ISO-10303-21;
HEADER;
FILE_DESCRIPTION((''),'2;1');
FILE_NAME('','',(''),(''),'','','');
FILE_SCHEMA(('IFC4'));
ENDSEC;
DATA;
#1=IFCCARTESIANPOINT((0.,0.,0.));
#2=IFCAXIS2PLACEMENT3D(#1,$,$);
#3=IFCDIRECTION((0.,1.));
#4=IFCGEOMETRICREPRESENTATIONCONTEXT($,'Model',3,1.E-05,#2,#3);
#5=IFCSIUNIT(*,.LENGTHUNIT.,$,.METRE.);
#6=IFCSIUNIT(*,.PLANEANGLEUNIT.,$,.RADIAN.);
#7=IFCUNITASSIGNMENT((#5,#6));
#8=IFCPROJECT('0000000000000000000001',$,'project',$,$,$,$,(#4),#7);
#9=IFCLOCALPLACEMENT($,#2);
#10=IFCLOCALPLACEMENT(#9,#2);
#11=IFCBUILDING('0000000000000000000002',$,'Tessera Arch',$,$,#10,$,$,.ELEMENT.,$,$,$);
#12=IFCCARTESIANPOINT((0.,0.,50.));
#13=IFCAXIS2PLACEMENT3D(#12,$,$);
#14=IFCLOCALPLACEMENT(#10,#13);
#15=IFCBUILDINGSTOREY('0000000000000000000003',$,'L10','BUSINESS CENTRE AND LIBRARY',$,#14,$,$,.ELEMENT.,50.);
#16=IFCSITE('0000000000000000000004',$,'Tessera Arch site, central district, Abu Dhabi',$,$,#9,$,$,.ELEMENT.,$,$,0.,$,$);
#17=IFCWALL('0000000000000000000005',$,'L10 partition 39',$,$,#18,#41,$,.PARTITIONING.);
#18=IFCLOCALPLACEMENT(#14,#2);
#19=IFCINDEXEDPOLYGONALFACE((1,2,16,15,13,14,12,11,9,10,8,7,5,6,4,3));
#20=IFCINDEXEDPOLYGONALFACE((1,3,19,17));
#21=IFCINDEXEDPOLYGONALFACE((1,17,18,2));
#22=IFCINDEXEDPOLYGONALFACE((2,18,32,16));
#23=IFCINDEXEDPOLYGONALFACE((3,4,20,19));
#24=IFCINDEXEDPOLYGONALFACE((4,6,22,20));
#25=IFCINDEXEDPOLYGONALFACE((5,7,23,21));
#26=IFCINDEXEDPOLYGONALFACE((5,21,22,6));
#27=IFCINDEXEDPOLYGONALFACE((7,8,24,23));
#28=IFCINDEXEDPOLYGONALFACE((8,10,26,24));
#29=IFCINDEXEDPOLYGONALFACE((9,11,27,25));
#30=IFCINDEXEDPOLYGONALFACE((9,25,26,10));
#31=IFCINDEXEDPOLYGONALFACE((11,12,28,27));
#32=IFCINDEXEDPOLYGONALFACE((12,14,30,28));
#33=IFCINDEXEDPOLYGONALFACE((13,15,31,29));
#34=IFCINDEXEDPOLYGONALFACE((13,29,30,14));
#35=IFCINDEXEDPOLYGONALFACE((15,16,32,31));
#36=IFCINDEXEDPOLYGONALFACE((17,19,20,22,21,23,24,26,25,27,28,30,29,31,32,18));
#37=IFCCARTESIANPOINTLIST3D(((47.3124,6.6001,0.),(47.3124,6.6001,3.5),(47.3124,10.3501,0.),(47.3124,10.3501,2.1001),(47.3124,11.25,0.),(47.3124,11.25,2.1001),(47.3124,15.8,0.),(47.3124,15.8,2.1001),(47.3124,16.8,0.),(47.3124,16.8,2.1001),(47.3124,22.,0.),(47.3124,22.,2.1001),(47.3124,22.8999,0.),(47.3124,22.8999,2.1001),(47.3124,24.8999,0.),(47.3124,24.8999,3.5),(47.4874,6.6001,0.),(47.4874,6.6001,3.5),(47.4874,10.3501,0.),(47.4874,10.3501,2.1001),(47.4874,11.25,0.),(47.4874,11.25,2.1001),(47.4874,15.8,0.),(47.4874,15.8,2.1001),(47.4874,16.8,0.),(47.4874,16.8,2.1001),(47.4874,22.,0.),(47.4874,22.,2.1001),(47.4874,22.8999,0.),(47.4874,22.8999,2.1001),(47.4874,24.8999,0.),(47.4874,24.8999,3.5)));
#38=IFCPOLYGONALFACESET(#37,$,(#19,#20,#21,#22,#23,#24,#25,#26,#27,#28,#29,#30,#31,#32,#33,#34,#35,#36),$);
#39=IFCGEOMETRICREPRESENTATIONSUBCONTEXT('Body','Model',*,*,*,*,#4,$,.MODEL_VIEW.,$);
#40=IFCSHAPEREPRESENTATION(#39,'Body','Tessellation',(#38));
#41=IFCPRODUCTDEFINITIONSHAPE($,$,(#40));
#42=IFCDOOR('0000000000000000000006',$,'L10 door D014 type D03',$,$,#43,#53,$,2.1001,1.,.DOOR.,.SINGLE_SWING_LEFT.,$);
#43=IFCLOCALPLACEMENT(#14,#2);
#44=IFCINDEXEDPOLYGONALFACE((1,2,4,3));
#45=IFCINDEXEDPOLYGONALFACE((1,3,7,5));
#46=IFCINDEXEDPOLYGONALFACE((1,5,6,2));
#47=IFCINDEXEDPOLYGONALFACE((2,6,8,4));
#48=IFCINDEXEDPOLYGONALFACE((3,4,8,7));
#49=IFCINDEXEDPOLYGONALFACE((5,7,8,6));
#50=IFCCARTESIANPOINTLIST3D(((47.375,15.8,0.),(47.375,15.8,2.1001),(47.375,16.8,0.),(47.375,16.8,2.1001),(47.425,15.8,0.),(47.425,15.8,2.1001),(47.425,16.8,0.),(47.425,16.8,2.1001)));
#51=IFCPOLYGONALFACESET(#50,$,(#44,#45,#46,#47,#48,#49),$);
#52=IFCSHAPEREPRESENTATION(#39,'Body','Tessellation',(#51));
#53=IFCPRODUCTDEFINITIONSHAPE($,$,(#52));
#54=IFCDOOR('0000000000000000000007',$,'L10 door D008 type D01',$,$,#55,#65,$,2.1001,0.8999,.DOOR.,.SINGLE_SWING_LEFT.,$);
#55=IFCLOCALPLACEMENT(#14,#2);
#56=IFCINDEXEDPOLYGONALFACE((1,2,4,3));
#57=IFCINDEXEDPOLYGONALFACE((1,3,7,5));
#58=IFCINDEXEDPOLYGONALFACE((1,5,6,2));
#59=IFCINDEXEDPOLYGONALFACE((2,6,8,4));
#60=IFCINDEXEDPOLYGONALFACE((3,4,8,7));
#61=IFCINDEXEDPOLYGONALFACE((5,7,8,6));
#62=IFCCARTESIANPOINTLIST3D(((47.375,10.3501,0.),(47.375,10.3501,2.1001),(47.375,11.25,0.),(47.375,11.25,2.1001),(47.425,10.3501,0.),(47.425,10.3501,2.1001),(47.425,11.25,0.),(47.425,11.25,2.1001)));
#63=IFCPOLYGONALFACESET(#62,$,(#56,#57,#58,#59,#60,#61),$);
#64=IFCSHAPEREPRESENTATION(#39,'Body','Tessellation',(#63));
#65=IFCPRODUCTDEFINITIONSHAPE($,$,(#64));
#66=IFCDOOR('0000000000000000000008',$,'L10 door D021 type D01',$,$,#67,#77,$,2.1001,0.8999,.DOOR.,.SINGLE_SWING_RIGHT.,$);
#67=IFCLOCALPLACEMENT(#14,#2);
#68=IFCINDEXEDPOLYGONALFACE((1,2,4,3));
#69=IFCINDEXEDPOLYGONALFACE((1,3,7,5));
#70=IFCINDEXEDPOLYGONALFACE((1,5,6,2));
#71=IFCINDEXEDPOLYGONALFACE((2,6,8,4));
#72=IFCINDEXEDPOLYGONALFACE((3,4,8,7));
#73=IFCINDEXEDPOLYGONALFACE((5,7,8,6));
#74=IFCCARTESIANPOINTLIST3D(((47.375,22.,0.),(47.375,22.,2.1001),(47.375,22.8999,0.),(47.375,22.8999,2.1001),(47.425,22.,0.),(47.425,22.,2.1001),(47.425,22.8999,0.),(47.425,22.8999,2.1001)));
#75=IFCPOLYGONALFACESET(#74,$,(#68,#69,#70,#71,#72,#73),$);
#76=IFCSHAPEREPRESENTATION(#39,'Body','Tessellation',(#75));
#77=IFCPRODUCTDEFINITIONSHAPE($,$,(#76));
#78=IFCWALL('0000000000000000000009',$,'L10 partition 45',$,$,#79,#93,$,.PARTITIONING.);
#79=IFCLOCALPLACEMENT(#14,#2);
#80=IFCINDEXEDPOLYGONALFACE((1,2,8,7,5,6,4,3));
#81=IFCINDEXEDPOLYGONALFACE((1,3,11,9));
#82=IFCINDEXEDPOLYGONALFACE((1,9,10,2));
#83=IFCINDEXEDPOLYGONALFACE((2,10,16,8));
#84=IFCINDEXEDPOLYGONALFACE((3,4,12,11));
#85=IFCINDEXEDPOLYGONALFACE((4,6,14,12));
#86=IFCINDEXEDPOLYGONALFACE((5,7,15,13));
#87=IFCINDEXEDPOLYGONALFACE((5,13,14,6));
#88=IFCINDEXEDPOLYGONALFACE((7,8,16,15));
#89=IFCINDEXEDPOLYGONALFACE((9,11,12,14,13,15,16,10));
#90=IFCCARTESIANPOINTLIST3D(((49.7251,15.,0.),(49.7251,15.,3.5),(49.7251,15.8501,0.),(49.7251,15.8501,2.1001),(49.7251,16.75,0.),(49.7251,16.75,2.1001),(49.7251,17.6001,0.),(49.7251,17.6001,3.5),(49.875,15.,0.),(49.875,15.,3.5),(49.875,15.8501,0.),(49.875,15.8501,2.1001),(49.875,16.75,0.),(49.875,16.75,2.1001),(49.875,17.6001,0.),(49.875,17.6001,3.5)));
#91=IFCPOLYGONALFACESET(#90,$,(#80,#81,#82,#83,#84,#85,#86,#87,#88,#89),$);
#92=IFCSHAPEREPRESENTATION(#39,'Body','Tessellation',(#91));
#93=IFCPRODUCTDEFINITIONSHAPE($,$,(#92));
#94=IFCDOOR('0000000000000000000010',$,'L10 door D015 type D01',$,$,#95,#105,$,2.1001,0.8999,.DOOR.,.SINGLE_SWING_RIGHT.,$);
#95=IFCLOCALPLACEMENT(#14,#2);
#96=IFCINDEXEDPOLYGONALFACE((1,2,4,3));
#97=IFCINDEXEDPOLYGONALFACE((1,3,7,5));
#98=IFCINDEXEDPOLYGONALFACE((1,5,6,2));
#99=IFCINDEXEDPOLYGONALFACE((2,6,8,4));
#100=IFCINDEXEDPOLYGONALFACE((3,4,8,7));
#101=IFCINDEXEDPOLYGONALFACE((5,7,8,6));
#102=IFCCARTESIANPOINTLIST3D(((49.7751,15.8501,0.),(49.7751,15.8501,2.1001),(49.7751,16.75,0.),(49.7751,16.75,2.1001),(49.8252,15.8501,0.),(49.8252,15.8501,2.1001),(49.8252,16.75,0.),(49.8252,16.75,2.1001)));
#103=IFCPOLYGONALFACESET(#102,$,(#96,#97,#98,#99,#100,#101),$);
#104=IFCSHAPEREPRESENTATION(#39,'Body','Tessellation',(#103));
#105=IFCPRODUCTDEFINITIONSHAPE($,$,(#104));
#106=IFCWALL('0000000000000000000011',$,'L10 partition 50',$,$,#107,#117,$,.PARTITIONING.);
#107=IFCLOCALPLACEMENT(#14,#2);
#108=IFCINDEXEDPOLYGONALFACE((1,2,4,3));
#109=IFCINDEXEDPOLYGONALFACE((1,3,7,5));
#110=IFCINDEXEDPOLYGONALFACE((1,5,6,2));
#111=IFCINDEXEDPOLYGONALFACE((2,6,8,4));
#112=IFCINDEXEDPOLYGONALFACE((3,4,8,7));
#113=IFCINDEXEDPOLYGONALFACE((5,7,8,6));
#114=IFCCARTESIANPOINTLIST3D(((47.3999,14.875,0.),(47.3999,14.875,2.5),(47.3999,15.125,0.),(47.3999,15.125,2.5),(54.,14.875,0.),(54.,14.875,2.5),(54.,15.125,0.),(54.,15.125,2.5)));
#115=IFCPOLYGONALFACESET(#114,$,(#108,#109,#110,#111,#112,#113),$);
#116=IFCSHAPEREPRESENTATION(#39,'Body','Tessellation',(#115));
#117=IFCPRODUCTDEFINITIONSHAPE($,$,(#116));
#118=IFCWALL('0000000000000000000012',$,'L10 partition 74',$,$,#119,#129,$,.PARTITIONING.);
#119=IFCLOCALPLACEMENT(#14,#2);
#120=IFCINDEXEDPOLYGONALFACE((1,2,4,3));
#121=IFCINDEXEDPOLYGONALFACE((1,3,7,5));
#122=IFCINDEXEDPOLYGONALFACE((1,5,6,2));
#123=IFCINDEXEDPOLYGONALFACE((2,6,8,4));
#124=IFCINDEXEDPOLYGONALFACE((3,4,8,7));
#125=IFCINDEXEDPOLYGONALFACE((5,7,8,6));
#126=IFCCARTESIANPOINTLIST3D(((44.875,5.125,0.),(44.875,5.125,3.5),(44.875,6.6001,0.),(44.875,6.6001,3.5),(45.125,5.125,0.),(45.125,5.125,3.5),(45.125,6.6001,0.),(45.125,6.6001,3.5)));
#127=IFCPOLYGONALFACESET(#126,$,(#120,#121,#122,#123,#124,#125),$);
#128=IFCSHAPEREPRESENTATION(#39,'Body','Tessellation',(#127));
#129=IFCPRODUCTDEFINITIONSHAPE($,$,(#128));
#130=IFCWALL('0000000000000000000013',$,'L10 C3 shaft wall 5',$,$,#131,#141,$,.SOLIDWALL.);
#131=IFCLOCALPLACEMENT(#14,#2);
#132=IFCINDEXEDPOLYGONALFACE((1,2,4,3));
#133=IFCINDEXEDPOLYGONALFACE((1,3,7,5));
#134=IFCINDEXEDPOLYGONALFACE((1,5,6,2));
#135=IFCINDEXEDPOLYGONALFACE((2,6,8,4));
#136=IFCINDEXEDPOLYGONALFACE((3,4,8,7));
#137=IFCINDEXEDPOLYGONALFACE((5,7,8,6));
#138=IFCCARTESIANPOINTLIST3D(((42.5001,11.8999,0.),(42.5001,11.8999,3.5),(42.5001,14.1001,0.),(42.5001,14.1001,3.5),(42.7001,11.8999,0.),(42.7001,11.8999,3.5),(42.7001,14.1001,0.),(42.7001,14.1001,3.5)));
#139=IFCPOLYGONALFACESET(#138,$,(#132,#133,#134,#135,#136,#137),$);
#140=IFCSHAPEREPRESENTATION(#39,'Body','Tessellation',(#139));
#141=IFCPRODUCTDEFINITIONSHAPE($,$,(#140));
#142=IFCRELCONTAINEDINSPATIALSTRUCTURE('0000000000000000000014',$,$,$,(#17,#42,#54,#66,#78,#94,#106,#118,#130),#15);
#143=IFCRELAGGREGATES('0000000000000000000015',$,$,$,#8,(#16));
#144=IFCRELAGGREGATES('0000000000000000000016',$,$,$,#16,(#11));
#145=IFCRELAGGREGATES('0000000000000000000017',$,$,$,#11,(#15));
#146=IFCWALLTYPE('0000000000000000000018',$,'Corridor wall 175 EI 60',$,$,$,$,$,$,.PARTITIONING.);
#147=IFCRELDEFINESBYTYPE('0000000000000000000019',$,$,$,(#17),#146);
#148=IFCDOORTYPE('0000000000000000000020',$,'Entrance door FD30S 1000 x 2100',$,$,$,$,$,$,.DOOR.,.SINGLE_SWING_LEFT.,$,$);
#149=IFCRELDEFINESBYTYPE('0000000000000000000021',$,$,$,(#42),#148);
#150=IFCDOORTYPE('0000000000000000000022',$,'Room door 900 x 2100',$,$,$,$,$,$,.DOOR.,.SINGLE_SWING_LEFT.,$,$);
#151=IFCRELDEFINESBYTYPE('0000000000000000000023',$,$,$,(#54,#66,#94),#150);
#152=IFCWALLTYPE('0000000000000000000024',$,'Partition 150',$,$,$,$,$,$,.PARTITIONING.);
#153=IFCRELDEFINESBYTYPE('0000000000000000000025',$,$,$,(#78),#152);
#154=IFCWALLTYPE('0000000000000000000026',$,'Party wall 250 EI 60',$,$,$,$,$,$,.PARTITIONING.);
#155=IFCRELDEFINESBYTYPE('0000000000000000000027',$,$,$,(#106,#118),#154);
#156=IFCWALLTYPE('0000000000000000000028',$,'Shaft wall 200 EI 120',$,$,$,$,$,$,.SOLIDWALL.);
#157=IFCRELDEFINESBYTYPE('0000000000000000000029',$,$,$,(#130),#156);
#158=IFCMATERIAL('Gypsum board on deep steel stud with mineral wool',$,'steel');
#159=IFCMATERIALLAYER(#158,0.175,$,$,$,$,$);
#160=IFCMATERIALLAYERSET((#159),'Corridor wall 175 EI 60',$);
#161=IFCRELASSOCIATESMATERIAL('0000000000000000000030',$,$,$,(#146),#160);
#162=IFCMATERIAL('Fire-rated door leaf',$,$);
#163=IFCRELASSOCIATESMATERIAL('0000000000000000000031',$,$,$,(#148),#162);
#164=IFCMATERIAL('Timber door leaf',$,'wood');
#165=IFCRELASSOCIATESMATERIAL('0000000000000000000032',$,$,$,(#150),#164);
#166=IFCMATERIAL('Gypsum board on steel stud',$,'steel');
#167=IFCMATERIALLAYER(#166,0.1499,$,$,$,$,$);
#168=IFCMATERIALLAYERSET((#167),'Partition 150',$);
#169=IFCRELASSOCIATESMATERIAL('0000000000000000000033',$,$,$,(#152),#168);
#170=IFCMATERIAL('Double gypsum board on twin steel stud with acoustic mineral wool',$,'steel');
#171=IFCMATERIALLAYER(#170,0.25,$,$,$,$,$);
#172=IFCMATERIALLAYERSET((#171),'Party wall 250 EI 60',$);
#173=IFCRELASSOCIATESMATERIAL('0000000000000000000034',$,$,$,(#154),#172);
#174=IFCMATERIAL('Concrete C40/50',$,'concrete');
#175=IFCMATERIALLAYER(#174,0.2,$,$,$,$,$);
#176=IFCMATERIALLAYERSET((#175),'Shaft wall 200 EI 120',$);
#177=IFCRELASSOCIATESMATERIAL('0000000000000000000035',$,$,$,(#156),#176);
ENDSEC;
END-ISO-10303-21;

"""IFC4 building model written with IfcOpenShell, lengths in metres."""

from ifc_helpers import new_model, si_unit, direction, frame, frame_2d, origin, place, context, subcontext, project, spatial, rectangle, extrude, material, layer, layer_set, type_object, element, fill, save


model = new_model("IFC4")

# Units and contexts
model_context = context("Model", 3, precision=1e-05, world=origin(), true_north=direction((0.0, 1.0)))
body_context = subcontext(model_context, "Body", "Model", "MODEL_VIEW")
ifc_project = project(units=[si_unit("LENGTHUNIT", "METRE"), si_unit("PLANEANGLEUNIT", "RADIAN")], contexts=[model_context])

# Site, building, storey
site_placement = place(None, origin())
site = spatial("IfcSite", under=ifc_project, at=site_placement, Name="Tessera Arch site, central district, Abu Dhabi", CompositionType="ELEMENT", RefElevation=0.0)
building_placement = place(site_placement, origin())
building = spatial("IfcBuilding", under=site, at=building_placement, Name="Tessera Arch", CompositionType="ELEMENT")
storey_placement = place(building_placement, frame((0.0, 0.0, 50.0)))
storey = spatial("IfcBuildingStorey", under=building, at=storey_placement, Name="L10", Description="BUSINESS CENTRE AND LIBRARY", CompositionType="ELEMENT", Elevation=50.0)

# Wall, openings, doors
ifc_material_1 = material(Name="Gypsum board on deep steel stud with mineral wool", Category="steel")
ifc_layer_1 = layer(ifc_material_1, 0.175)
ifc_layer_set_1 = layer_set([ifc_layer_1], Name="Corridor wall 175 EI 60")
wall_type_1 = type_object("IfcWallType", Name="Corridor wall 175 EI 60", PredefinedType="PARTITIONING", material=ifc_layer_set_1)
wall_1_placement = place(storey_placement, frame((47.3999, 6.6001, 0.0), z_axis=(0.0, 0.0, 1.0), x_axis=(0.0, 1.0, 0.0)))
wall_1 = element("IfcWall", 1, at=wall_1_placement, inside=storey, type_object=wall_type_1, Name="L10 partition 39", PredefinedType="PARTITIONING", context=body_context, shape_type="SweptSolid", body=[
    extrude(rectangle(XDim=18.2998, YDim=0.175, at=frame_2d((9.1499, 0.0))), origin(), (0.0, 0.0, 1.0), 3.5),
])
opening_1_placement = place(wall_1_placement, frame((3.75, 0.0, 0.0)))
opening_1 = element("IfcOpeningElement", 2, at=opening_1_placement, cuts=wall_1, PredefinedType="OPENING", context=body_context, shape_type="SweptSolid", body=[
    extrude(rectangle(XDim=0.8999, YDim=2.1001, at=frame_2d((0.45, 1.05))), frame((0.0, 0.0974, 0.0), z_axis=(0.0, -1.0, 0.0), x_axis=(1.0, 0.0, 0.0)), (0.0, 0.0, 1.0), 0.1951),
])
opening_2_placement = place(wall_1_placement, frame((9.2, 0.0, 0.0)))
opening_2 = element("IfcOpeningElement", 3, at=opening_2_placement, cuts=wall_1, PredefinedType="OPENING", context=body_context, shape_type="SweptSolid", body=[
    extrude(rectangle(XDim=1.0, YDim=2.1001, at=frame_2d((0.5, 1.05))), frame((0.0, 0.0974, 0.0), z_axis=(0.0, -1.0, 0.0), x_axis=(1.0, 0.0, 0.0)), (0.0, 0.0, 1.0), 0.1951),
])
opening_3_placement = place(wall_1_placement, frame((15.3999, 0.0, 0.0)))
opening_3 = element("IfcOpeningElement", 4, at=opening_3_placement, cuts=wall_1, PredefinedType="OPENING", context=body_context, shape_type="SweptSolid", body=[
    extrude(rectangle(XDim=0.8999, YDim=2.1001, at=frame_2d((0.45, 1.05))), frame((0.0, 0.0974, 0.0), z_axis=(0.0, -1.0, 0.0), x_axis=(1.0, 0.0, 0.0)), (0.0, 0.0, 1.0), 0.1951),
])
ifc_material_2 = material(Name="Fire-rated door leaf")
door_type_1 = type_object("IfcDoorType", Name="Entrance door FD30S 1000 x 2100", OperationType="SINGLE_SWING_LEFT", PredefinedType="DOOR", material=ifc_material_2)
door_1_placement = place(opening_2_placement, origin())
door_1 = element("IfcDoor", 5, at=door_1_placement, inside=storey, type_object=door_type_1, Name="L10 door D014 type D03", OperationType="SINGLE_SWING_LEFT", OverallHeight=2.1001, OverallWidth=1.0, PredefinedType="DOOR", context=body_context, shape_type="SweptSolid", body=[
    extrude(rectangle(XDim=1.0, YDim=2.1001, at=frame_2d((0.5, 1.05))), frame((0.0, 0.0249, 0.0), z_axis=(0.0, -1.0, 0.0), x_axis=(1.0, 0.0, 0.0)), (0.0, 0.0, 1.0), 0.05),
])
fill(opening_2, door_1)
ifc_material_3 = material(Name="Timber door leaf", Category="wood")
door_type_2 = type_object("IfcDoorType", Name="Room door 900 x 2100", OperationType="SINGLE_SWING_LEFT", PredefinedType="DOOR", material=ifc_material_3)
door_2_placement = place(opening_1_placement, origin())
door_2 = element("IfcDoor", 6, at=door_2_placement, inside=storey, type_object=door_type_2, Name="L10 door D008 type D01", OperationType="SINGLE_SWING_LEFT", OverallHeight=2.1001, OverallWidth=0.8999, PredefinedType="DOOR", context=body_context, shape_type="SweptSolid", body=[
    extrude(rectangle(XDim=0.8999, YDim=2.1001, at=frame_2d((0.45, 1.05))), frame((0.0, 0.0249, 0.0), z_axis=(0.0, -1.0, 0.0), x_axis=(1.0, 0.0, 0.0)), (0.0, 0.0, 1.0), 0.05),
])
fill(opening_1, door_2)
door_3_placement = place(opening_3_placement, origin())
door_3 = element("IfcDoor", 7, at=door_3_placement, inside=storey, type_object=door_type_2, Name="L10 door D021 type D01", OperationType="SINGLE_SWING_RIGHT", OverallHeight=2.1001, OverallWidth=0.8999, PredefinedType="DOOR", context=body_context, shape_type="SweptSolid", body=[
    extrude(rectangle(XDim=0.8999, YDim=2.1001, at=frame_2d((0.45, 1.05))), frame((0.0, 0.0249, 0.0), z_axis=(0.0, -1.0, 0.0), x_axis=(1.0, 0.0, 0.0)), (0.0, 0.0, 1.0), 0.05),
])
fill(opening_3, door_3)

# Wall, opening, door
ifc_material_4 = material(Name="Gypsum board on steel stud", Category="steel")
ifc_layer_2 = layer(ifc_material_4, 0.1499)
ifc_layer_set_2 = layer_set([ifc_layer_2], Name="Partition 150")
wall_type_2 = type_object("IfcWallType", Name="Partition 150", PredefinedType="PARTITIONING", material=ifc_layer_set_2)
wall_2_placement = place(storey_placement, frame((49.8, 15.0, 0.0), z_axis=(0.0, 0.0, 1.0), x_axis=(0.0, 1.0, 0.0)))
wall_2 = element("IfcWall", 8, at=wall_2_placement, inside=storey, type_object=wall_type_2, Name="L10 partition 45", PredefinedType="PARTITIONING", context=body_context, shape_type="SweptSolid", body=[
    extrude(rectangle(XDim=2.6001, YDim=0.1499, at=frame_2d((1.3, 0.0))), origin(), (0.0, 0.0, 1.0), 3.5),
])
opening_4_placement = place(wall_2_placement, frame((0.8501, 0.0, 0.0)))
opening_4 = element("IfcOpeningElement", 9, at=opening_4_placement, cuts=wall_2, PredefinedType="OPENING", context=body_context, shape_type="SweptSolid", body=[
    extrude(rectangle(XDim=0.8999, YDim=2.1001, at=frame_2d((0.45, 1.05))), frame((0.0, 0.085, 0.0), z_axis=(0.0, -1.0, 0.0), x_axis=(1.0, 0.0, 0.0)), (0.0, 0.0, 1.0), 0.1699),
])
door_4_placement = place(opening_4_placement, origin())
door_4 = element("IfcDoor", 10, at=door_4_placement, inside=storey, type_object=door_type_2, Name="L10 door D015 type D01", OperationType="SINGLE_SWING_RIGHT", OverallHeight=2.1001, OverallWidth=0.8999, PredefinedType="DOOR", context=body_context, shape_type="SweptSolid", body=[
    extrude(rectangle(XDim=0.8999, YDim=2.1001, at=frame_2d((0.45, 1.05))), frame((0.0, 0.0249, 0.0), z_axis=(0.0, -1.0, 0.0), x_axis=(1.0, 0.0, 0.0)), (0.0, 0.0, 1.0), 0.05),
])
fill(opening_4, door_4)

# Walls
ifc_material_5 = material(Name="Double gypsum board on twin steel stud with acoustic mineral wool", Category="steel")
ifc_layer_3 = layer(ifc_material_5, 0.25)
ifc_layer_set_3 = layer_set([ifc_layer_3], Name="Party wall 250 EI 60")
wall_type_3 = type_object("IfcWallType", Name="Party wall 250 EI 60", PredefinedType="PARTITIONING", material=ifc_layer_set_3)
wall_3_placement = place(storey_placement, frame((47.3999, 15.0, 0.0), z_axis=(0.0, 0.0, 1.0), x_axis=(1.0, 0.0, 0.0)))
element("IfcWall", 11, at=wall_3_placement, inside=storey, type_object=wall_type_3, Name="L10 partition 50", PredefinedType="PARTITIONING", context=body_context, shape_type="SweptSolid", body=[
    extrude(rectangle(XDim=6.6001, YDim=0.25, at=frame_2d((3.3, 0.0))), origin(), (0.0, 0.0, 1.0), 2.5),
])
wall_4_placement = place(storey_placement, frame((45.0, 5.125, 0.0), z_axis=(0.0, 0.0, 1.0), x_axis=(0.0, 1.0, 0.0)))
element("IfcWall", 12, at=wall_4_placement, inside=storey, type_object=wall_type_3, Name="L10 partition 74", PredefinedType="PARTITIONING", context=body_context, shape_type="SweptSolid", body=[
    extrude(rectangle(XDim=1.4751, YDim=0.25, at=frame_2d((0.7375, 0.0))), origin(), (0.0, 0.0, 1.0), 3.5),
])
ifc_material_6 = material(Name="Concrete C40/50", Category="concrete")
ifc_layer_4 = layer(ifc_material_6, 0.2)
ifc_layer_set_4 = layer_set([ifc_layer_4], Name="Shaft wall 200 EI 120")
wall_type_4 = type_object("IfcWallType", Name="Shaft wall 200 EI 120", PredefinedType="SOLIDWALL", material=ifc_layer_set_4)
wall_5_placement = place(storey_placement, frame((42.6001, 11.8999, 0.0), z_axis=(0.0, 0.0, 1.0), x_axis=(0.0, 1.0, 0.0)))
element("IfcWall", 13, at=wall_5_placement, inside=storey, type_object=wall_type_4, Name="L10 C3 shaft wall 5", PredefinedType="SOLIDWALL", context=body_context, shape_type="SweptSolid", body=[
    extrude(rectangle(XDim=2.2002, YDim=0.2, at=frame_2d((1.1001, 0.0))), origin(), (0.0, 0.0, 1.0), 3.5),
])

save(model, "model.ifc")
